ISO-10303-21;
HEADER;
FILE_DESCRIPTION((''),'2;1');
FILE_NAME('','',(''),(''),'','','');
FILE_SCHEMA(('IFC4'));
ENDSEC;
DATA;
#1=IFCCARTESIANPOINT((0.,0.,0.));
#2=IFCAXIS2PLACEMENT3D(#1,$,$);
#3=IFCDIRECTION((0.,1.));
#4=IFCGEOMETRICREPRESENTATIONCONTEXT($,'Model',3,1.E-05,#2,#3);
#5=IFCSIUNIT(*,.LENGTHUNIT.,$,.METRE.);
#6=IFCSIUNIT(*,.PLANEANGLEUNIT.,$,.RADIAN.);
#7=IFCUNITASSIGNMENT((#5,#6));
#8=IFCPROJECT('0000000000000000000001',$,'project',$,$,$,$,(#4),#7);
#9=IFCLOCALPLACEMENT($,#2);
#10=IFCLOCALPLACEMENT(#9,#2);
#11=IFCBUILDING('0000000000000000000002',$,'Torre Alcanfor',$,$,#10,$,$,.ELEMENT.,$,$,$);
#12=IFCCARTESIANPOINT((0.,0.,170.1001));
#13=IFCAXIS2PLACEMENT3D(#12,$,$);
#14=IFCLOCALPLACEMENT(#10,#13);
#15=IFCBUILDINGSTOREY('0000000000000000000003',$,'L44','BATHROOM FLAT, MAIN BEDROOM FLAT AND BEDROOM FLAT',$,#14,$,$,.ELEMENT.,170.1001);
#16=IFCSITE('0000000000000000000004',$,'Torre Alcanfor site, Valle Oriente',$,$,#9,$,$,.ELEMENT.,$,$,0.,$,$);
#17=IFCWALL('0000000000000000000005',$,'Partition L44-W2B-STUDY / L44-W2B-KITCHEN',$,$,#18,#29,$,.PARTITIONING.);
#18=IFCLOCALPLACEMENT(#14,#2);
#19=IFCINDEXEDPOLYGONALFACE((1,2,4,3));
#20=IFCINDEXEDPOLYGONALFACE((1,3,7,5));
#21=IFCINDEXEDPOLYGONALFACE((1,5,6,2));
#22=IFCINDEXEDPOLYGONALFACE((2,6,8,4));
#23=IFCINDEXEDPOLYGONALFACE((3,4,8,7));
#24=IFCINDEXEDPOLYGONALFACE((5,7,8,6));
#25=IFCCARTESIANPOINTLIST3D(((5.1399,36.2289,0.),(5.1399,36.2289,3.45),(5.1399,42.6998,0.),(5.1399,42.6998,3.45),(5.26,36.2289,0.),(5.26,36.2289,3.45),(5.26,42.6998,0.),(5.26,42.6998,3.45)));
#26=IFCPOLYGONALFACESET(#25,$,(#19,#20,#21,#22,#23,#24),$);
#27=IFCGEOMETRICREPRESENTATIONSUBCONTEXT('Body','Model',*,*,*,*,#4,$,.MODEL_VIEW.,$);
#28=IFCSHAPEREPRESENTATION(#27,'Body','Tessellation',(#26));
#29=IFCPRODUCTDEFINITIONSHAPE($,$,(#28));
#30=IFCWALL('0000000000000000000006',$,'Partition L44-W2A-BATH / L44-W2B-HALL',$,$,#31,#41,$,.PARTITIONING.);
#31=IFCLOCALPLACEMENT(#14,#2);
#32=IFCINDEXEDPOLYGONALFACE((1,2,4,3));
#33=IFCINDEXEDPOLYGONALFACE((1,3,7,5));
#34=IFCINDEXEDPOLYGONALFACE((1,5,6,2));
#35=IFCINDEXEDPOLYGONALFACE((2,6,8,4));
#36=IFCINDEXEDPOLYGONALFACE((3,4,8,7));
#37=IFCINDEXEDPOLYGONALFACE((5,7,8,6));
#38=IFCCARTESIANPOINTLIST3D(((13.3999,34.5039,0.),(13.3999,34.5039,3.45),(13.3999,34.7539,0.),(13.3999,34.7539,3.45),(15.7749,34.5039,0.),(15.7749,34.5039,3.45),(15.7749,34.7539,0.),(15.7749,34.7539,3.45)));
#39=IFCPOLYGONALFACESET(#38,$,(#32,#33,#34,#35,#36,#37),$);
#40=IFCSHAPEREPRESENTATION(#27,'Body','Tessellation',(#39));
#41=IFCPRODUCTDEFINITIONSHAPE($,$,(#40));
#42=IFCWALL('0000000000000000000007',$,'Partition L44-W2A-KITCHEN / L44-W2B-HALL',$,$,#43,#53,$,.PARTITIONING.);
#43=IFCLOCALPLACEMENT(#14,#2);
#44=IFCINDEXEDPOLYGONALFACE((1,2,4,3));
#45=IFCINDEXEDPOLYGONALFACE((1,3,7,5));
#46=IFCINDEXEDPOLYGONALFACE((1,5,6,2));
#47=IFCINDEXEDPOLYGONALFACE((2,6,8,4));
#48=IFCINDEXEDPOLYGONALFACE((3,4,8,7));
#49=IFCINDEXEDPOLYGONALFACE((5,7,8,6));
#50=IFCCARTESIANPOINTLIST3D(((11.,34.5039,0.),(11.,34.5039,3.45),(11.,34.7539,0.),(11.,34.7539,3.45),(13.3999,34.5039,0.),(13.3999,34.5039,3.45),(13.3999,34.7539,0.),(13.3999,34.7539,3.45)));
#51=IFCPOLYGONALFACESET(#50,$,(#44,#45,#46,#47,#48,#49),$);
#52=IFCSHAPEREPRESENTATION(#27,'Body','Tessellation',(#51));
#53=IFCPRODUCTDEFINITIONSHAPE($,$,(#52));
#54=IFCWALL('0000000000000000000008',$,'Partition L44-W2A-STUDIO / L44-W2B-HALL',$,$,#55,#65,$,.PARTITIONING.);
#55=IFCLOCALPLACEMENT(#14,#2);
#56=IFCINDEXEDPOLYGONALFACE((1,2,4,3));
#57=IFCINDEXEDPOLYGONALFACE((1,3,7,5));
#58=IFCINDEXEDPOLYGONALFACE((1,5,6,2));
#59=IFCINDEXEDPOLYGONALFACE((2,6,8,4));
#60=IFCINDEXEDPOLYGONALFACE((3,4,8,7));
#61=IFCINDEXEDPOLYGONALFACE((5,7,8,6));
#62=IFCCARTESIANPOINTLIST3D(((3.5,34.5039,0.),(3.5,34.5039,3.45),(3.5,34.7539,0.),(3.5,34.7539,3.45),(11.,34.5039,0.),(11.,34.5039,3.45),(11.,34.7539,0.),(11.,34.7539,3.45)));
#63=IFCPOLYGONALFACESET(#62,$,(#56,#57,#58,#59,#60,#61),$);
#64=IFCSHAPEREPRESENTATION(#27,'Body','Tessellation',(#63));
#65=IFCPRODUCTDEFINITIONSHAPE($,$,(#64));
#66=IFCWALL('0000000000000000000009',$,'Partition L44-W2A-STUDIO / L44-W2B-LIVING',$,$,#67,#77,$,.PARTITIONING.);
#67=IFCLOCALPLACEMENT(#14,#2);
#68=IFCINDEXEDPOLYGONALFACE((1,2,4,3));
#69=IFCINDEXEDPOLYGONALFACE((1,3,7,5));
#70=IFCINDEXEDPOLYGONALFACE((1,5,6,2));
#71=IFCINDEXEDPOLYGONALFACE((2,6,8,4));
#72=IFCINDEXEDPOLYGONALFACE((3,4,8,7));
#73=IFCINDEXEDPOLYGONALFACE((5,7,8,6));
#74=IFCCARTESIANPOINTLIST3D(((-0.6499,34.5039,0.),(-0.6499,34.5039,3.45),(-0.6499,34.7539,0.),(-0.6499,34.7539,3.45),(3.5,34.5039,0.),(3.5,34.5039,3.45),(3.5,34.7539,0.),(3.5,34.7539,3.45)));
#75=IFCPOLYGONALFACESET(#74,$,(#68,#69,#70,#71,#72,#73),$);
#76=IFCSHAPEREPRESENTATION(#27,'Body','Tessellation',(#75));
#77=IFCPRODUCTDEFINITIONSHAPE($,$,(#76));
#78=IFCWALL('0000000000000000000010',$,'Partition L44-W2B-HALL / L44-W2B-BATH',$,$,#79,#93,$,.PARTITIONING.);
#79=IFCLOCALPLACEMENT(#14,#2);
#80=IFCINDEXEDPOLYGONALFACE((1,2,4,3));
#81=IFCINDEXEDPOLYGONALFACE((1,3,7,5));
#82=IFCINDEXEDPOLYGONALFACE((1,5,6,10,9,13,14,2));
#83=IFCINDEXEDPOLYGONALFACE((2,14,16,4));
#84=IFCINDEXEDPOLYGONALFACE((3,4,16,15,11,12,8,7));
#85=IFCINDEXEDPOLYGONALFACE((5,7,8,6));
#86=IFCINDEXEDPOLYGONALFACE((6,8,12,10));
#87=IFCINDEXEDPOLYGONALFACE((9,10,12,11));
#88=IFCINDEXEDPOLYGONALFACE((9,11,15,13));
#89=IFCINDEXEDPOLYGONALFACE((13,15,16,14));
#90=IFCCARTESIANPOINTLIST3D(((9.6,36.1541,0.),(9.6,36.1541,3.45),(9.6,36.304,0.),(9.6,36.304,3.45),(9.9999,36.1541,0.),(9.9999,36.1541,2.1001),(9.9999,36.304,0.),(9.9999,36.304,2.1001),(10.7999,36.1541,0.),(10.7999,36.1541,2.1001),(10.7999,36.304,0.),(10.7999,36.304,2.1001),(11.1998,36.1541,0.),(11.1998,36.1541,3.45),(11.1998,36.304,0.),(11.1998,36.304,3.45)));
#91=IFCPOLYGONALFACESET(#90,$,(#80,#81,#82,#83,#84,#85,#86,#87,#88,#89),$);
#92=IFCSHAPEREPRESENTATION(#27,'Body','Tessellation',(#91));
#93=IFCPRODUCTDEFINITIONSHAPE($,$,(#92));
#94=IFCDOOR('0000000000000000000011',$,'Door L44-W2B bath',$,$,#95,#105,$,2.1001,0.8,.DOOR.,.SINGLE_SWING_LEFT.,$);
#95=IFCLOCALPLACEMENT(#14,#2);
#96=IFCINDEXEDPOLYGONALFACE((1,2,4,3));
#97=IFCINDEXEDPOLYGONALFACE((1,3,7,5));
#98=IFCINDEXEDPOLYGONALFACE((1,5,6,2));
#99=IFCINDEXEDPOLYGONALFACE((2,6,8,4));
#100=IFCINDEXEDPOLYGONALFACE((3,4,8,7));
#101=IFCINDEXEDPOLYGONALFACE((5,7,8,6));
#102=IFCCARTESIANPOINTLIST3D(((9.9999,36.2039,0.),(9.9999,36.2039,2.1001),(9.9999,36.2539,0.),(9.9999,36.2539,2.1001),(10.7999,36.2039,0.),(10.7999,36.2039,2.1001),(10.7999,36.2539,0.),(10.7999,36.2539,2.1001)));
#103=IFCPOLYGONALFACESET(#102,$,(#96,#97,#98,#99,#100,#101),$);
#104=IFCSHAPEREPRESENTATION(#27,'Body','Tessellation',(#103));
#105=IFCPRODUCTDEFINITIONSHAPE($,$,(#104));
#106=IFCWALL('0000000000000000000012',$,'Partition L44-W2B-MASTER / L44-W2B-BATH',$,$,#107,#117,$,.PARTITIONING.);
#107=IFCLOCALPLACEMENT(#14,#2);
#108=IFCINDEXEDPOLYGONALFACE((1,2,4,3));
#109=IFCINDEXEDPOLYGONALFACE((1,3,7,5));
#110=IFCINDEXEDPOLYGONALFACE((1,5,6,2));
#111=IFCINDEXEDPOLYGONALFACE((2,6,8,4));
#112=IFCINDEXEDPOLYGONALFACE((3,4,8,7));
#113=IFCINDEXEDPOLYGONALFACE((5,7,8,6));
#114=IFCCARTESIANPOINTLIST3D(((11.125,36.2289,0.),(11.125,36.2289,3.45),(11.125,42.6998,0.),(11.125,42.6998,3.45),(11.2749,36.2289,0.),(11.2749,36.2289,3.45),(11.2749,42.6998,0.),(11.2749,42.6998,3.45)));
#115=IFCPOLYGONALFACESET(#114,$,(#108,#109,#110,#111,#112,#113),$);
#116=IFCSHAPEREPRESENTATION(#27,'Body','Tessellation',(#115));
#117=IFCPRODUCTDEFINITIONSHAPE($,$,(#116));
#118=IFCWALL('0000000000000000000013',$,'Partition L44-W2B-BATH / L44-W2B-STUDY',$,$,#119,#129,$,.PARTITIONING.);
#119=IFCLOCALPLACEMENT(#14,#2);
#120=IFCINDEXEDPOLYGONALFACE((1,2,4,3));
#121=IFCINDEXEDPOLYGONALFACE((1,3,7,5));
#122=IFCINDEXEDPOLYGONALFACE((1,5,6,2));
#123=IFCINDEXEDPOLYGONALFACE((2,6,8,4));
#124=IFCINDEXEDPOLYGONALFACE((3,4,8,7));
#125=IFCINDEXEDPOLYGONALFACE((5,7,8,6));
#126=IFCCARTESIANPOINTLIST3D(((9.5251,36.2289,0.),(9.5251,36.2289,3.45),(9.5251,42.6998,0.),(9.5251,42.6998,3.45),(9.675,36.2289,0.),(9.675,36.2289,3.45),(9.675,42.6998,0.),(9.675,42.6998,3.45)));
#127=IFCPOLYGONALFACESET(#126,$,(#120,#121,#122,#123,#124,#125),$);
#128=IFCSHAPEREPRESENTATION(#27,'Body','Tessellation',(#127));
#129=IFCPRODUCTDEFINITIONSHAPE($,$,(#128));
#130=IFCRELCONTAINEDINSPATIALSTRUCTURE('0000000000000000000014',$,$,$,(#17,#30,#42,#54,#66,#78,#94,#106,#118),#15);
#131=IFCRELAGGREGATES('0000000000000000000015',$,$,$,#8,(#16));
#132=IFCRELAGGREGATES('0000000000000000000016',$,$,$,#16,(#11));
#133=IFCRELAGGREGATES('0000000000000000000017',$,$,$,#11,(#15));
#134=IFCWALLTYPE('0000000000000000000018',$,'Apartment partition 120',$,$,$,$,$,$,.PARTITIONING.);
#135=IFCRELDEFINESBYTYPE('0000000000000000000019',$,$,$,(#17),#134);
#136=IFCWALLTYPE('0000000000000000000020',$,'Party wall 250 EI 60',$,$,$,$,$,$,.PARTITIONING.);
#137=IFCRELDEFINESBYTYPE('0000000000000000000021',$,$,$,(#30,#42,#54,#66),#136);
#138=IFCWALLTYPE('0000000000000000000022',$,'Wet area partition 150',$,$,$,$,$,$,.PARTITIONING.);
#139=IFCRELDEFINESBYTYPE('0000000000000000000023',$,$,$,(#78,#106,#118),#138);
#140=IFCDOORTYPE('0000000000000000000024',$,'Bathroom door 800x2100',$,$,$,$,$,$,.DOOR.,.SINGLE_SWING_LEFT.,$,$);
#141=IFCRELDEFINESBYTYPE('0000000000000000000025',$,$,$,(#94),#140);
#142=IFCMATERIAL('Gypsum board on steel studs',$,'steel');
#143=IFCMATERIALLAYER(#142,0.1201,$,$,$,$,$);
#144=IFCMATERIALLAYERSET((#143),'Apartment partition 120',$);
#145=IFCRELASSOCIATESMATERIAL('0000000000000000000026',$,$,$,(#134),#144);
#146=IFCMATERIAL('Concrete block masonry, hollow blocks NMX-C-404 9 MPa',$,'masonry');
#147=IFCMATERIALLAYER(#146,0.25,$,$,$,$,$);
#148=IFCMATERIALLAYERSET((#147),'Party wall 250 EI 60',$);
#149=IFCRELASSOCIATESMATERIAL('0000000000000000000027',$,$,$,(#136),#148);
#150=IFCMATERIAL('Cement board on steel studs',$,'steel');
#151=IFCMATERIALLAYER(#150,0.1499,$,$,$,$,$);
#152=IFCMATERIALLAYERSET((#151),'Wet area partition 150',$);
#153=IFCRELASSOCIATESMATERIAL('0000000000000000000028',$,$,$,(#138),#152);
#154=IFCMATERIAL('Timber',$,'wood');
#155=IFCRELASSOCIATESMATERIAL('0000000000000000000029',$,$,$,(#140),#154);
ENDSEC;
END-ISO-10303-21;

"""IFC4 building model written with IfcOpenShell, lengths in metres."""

from ifc_helpers import new_model, si_unit, direction, frame, frame_2d, origin, place, context, subcontext, project, spatial, rectangle, extrude, material, layer, layer_set, type_object, element, fill, save


model = new_model("IFC4")

# Units and contexts
model_context = context("Model", 3, precision=1e-05, world=origin(), true_north=direction((0.0, 1.0)))
body_context = subcontext(model_context, "Body", "Model", "MODEL_VIEW")
ifc_project = project(units=[si_unit("LENGTHUNIT", "METRE"), si_unit("PLANEANGLEUNIT", "RADIAN")], contexts=[model_context])

# Site, building, storey
site_placement = place(None, origin())
site = spatial("IfcSite", under=ifc_project, at=site_placement, Name="Torre Alcanfor site, Valle Oriente", CompositionType="ELEMENT", RefElevation=0.0)
building_placement = place(site_placement, origin())
building = spatial("IfcBuilding", under=site, at=building_placement, Name="Torre Alcanfor", CompositionType="ELEMENT")
storey_placement = place(building_placement, frame((0.0, 0.0, 170.1001)))
storey = spatial("IfcBuildingStorey", under=building, at=storey_placement, Name="L44", Description="BATHROOM FLAT, MAIN BEDROOM FLAT AND BEDROOM FLAT", CompositionType="ELEMENT", Elevation=170.1001)

# Shared definitions
ifc_material_1 = material(Name="Gypsum board on steel studs", Category="steel")
ifc_layer_1 = layer(ifc_material_1, 0.1201)
ifc_layer_set_1 = layer_set([ifc_layer_1], Name="Apartment partition 120")
wall_type_1 = type_object("IfcWallType", Name="Apartment partition 120", PredefinedType="PARTITIONING", material=ifc_layer_set_1)

# Walls
wall_1_placement = place(storey_placement, frame((5.2, 36.229, 0.0), z_axis=(0.0, 0.0, 1.0), x_axis=(0.0, 1.0, 0.0)))
element("IfcWall", 1, at=wall_1_placement, inside=storey, type_object=wall_type_1, Name="Partition L44-W2B-STUDY / L44-W2B-KITCHEN", PredefinedType="PARTITIONING", context=body_context, shape_type="SweptSolid", body=[
    extrude(rectangle(XDim=6.4709, YDim=0.1201, at=frame_2d((3.2354, 0.0))), origin(), (0.0, 0.0, 1.0), 3.45),
])
ifc_material_2 = material(Name="Concrete block masonry, hollow blocks NMX-C-404 9 MPa", Category="masonry")
ifc_layer_2 = layer(ifc_material_2, 0.25)
ifc_layer_set_2 = layer_set([ifc_layer_2], Name="Party wall 250 EI 60")
wall_type_2 = type_object("IfcWallType", Name="Party wall 250 EI 60", PredefinedType="PARTITIONING", material=ifc_layer_set_2)
wall_2_placement = place(storey_placement, frame((13.3999, 34.6289, 0.0), z_axis=(0.0, 0.0, 1.0), x_axis=(1.0, 0.0, 0.0)))
element("IfcWall", 2, at=wall_2_placement, inside=storey, type_object=wall_type_2, Name="Partition L44-W2A-BATH / L44-W2B-HALL", PredefinedType="PARTITIONING", context=body_context, shape_type="SweptSolid", body=[
    extrude(rectangle(XDim=2.375, YDim=0.25, at=frame_2d((1.1875, 0.0))), origin(), (0.0, 0.0, 1.0), 3.45),
])
wall_3_placement = place(storey_placement, frame((11.0, 34.6289, 0.0), z_axis=(0.0, 0.0, 1.0), x_axis=(1.0, 0.0, 0.0)))
element("IfcWall", 3, at=wall_3_placement, inside=storey, type_object=wall_type_2, Name="Partition L44-W2A-KITCHEN / L44-W2B-HALL", PredefinedType="PARTITIONING", context=body_context, shape_type="SweptSolid", body=[
    extrude(rectangle(XDim=2.3999, YDim=0.25, at=frame_2d((1.2, 0.0))), origin(), (0.0, 0.0, 1.0), 3.45),
])
wall_4_placement = place(storey_placement, frame((3.5, 34.6289, 0.0), z_axis=(0.0, 0.0, 1.0), x_axis=(1.0, 0.0, 0.0)))
element("IfcWall", 4, at=wall_4_placement, inside=storey, type_object=wall_type_2, Name="Partition L44-W2A-STUDIO / L44-W2B-HALL", PredefinedType="PARTITIONING", context=body_context, shape_type="SweptSolid", body=[
    extrude(rectangle(XDim=7.5, YDim=0.25, at=frame_2d((3.75, 0.0))), origin(), (0.0, 0.0, 1.0), 3.45),
])
wall_5_placement = place(storey_placement, frame((-0.6499, 34.6289, 0.0), z_axis=(0.0, 0.0, 1.0), x_axis=(1.0, 0.0, 0.0)))
element("IfcWall", 5, at=wall_5_placement, inside=storey, type_object=wall_type_2, Name="Partition L44-W2A-STUDIO / L44-W2B-LIVING", PredefinedType="PARTITIONING", context=body_context, shape_type="SweptSolid", body=[
    extrude(rectangle(XDim=4.1499, YDim=0.25, at=frame_2d((2.075, 0.0))), origin(), (0.0, 0.0, 1.0), 3.45),
])

# Wall, opening, door
ifc_material_3 = material(Name="Cement board on steel studs", Category="steel")
ifc_layer_3 = layer(ifc_material_3, 0.1499)
ifc_layer_set_3 = layer_set([ifc_layer_3], Name="Wet area partition 150")
wall_type_3 = type_object("IfcWallType", Name="Wet area partition 150", PredefinedType="PARTITIONING", material=ifc_layer_set_3)
wall_6_placement = place(storey_placement, frame((9.6001, 36.229, 0.0), z_axis=(0.0, 0.0, 1.0), x_axis=(1.0, 0.0, 0.0)))
wall_6 = element("IfcWall", 6, at=wall_6_placement, inside=storey, type_object=wall_type_3, Name="Partition L44-W2B-HALL / L44-W2B-BATH", PredefinedType="PARTITIONING", context=body_context, shape_type="SweptSolid", body=[
    extrude(rectangle(XDim=1.5999, YDim=0.1499, at=frame_2d((0.7998, 0.0))), origin(), (0.0, 0.0, 1.0), 3.45),
])
opening_1_placement = place(wall_6_placement, frame((0.3999, 0.0, 0.0)))
opening_1 = element("IfcOpeningElement", 7, at=opening_1_placement, cuts=wall_6, PredefinedType="OPENING", context=body_context, shape_type="SweptSolid", body=[
    extrude(rectangle(XDim=0.8, YDim=2.1001, at=frame_2d((0.3999, 1.05))), frame((0.0, 0.085, 0.0), z_axis=(0.0, -1.0, 0.0), x_axis=(1.0, 0.0, 0.0)), (0.0, 0.0, 1.0), 0.1699),
])
ifc_material_4 = material(Name="Timber", Category="wood")
door_type_1 = type_object("IfcDoorType", Name="Bathroom door 800x2100", OperationType="SINGLE_SWING_LEFT", PredefinedType="DOOR", material=ifc_material_4)
door_1_placement = place(opening_1_placement, origin())
door_1 = element("IfcDoor", 8, at=door_1_placement, inside=storey, type_object=door_type_1, Name="Door L44-W2B bath", OperationType="SINGLE_SWING_LEFT", OverallHeight=2.1001, OverallWidth=0.8, PredefinedType="DOOR", context=body_context, shape_type="SweptSolid", body=[
    extrude(rectangle(XDim=0.8, YDim=2.1001, at=frame_2d((0.3999, 1.05))), frame((0.0, 0.0249, 0.0), z_axis=(0.0, -1.0, 0.0), x_axis=(1.0, 0.0, 0.0)), (0.0, 0.0, 1.0), 0.05),
])
fill(opening_1, door_1)

# Walls
for number, where, z_axis, x_axis, name in (
    (9, (11.2, 36.229, 0.0), (0.0, 0.0, 1.0), (0.0, 1.0, 0.0), "Partition L44-W2B-MASTER / L44-W2B-BATH"),
    (10, (9.6001, 36.229, 0.0), (0.0, 0.0, 1.0), (0.0, 1.0, 0.0), "Partition L44-W2B-BATH / L44-W2B-STUDY"),
):
    element("IfcWall", number, at=place(storey_placement, frame(where, z_axis=z_axis, x_axis=x_axis)), inside=storey, type_object=wall_type_3, Name=name, PredefinedType="PARTITIONING", context=body_context, shape_type="SweptSolid", body=[
        extrude(rectangle(XDim=6.4709, YDim=0.1499, at=frame_2d((3.2354, 0.0))), origin(), (0.0, 0.0, 1.0), 3.45),
    ])

save(model, "model.ifc")
